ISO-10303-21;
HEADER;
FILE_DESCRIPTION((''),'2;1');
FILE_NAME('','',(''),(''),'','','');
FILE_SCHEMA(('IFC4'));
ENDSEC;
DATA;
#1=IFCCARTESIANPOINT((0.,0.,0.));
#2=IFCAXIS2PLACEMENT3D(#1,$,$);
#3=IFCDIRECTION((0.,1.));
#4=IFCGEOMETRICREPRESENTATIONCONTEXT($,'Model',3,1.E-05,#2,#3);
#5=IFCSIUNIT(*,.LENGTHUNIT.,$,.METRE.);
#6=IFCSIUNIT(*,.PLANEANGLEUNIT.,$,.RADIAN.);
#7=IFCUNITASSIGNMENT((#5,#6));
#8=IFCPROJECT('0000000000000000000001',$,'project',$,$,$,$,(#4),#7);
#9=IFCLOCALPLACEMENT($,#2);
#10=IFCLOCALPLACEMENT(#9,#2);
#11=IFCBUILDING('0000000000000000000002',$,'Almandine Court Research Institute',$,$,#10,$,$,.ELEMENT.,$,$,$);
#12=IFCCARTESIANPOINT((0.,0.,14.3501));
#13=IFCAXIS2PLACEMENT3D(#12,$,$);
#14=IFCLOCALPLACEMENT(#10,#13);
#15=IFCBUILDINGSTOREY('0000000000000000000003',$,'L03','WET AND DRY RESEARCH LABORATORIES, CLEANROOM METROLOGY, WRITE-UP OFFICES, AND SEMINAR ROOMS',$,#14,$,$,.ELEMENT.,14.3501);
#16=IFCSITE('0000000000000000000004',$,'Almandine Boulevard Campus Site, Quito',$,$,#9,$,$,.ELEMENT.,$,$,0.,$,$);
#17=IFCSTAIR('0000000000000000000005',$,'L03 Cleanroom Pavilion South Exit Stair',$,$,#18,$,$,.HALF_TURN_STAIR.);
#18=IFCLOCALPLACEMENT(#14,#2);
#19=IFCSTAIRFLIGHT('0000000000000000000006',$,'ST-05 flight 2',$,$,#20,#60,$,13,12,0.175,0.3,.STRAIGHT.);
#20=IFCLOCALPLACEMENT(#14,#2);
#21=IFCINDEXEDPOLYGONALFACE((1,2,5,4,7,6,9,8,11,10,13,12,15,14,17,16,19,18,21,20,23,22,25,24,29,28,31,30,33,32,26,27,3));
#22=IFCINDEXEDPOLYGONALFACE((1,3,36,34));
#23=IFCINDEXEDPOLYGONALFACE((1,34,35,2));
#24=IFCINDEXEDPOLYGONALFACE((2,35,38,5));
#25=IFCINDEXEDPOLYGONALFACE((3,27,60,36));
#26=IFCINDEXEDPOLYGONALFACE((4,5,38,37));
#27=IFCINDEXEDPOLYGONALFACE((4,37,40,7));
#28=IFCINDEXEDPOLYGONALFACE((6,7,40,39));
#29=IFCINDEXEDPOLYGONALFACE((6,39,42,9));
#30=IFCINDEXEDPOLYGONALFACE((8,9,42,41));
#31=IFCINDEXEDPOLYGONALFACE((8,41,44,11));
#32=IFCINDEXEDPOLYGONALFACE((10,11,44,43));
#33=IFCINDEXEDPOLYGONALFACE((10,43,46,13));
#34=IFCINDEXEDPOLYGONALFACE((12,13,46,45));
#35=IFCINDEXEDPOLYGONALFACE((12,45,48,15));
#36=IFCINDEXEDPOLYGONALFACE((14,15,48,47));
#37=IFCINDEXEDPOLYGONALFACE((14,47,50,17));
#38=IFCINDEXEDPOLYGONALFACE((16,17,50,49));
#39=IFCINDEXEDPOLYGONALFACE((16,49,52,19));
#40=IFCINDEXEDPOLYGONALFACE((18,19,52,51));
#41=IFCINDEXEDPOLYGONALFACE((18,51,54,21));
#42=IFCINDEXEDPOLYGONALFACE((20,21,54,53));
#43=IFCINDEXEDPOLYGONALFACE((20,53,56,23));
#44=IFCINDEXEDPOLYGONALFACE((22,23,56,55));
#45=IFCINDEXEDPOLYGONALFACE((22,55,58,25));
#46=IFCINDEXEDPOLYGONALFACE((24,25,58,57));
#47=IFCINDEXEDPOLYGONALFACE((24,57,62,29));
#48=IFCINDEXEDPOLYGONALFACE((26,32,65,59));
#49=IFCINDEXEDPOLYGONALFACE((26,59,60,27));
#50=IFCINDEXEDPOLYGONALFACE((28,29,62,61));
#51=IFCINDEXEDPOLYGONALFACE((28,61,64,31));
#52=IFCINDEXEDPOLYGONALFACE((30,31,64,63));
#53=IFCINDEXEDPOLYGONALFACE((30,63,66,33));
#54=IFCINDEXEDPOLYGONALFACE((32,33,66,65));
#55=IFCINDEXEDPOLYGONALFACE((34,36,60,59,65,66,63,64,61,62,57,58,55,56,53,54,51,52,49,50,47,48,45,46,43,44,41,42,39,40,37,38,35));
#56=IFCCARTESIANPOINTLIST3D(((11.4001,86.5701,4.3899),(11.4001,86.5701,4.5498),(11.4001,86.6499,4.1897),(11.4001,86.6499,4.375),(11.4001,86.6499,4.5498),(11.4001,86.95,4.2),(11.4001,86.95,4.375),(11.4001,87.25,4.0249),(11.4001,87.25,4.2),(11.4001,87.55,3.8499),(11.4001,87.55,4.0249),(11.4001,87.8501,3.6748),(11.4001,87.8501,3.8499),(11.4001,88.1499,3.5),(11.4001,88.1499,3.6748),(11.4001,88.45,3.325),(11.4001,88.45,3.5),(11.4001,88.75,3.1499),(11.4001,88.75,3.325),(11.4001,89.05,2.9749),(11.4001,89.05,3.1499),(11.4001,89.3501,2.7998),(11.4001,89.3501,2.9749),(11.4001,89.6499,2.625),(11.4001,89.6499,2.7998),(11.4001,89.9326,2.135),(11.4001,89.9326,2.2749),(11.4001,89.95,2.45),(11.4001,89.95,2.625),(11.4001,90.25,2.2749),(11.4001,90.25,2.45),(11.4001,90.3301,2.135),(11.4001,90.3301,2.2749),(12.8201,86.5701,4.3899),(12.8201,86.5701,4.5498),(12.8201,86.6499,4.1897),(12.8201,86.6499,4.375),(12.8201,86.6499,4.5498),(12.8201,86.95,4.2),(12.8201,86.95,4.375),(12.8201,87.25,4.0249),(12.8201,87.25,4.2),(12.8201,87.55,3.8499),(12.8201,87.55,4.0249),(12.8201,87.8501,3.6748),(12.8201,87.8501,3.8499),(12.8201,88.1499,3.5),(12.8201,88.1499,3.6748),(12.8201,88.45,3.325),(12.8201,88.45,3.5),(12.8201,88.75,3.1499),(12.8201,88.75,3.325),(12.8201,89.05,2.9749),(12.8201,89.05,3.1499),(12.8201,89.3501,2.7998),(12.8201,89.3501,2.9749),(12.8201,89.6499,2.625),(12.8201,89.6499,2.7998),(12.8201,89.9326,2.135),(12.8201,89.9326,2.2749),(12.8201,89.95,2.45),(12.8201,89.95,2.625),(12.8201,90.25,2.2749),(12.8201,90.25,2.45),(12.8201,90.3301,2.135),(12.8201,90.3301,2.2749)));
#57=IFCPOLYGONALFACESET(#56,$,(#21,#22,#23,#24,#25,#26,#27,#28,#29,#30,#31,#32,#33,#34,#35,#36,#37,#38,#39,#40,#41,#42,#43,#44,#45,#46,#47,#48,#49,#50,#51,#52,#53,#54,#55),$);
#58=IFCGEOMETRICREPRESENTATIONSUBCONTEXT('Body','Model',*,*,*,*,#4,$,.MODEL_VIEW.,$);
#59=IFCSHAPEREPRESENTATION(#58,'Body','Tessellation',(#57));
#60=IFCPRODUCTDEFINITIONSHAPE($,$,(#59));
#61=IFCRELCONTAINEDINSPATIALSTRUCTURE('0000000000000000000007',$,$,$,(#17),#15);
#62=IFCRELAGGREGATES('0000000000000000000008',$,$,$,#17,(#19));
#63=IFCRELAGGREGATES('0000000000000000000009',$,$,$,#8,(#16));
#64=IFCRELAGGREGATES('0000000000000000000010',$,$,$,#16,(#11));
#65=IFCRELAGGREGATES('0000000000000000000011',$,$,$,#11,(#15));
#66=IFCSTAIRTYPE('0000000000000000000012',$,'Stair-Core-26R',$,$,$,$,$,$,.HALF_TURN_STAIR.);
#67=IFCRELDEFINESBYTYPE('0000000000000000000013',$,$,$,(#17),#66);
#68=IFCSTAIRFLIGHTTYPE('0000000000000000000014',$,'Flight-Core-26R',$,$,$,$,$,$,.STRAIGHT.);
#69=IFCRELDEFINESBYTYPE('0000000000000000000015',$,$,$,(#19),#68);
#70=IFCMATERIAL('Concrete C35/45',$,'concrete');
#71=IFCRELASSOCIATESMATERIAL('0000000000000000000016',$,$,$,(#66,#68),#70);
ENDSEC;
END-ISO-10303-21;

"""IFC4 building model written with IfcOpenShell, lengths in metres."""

from ifc_helpers import new_model, si_unit, direction, frame, origin, place, context, subcontext, project, spatial, polyline, outline, extrude, material, type_object, element, aggregate, save


model = new_model("IFC4")

# Units and contexts
model_context = context("Model", 3, precision=1e-05, world=origin(), true_north=direction((0.0, 1.0)))
body_context = subcontext(model_context, "Body", "Model", "MODEL_VIEW")
ifc_project = project(units=[si_unit("LENGTHUNIT", "METRE"), si_unit("PLANEANGLEUNIT", "RADIAN")], contexts=[model_context])

# Site, building, storey
site_placement = place(None, origin())
site = spatial("IfcSite", under=ifc_project, at=site_placement, Name="Almandine Boulevard Campus Site, Quito", CompositionType="ELEMENT", RefElevation=0.0)
building_placement = place(site_placement, origin())
building = spatial("IfcBuilding", under=site, at=building_placement, Name="Almandine Court Research Institute", CompositionType="ELEMENT")
storey_placement = place(building_placement, frame((0.0, 0.0, 14.3501)))
storey = spatial("IfcBuildingStorey", under=building, at=storey_placement, Name="L03", Description="WET AND DRY RESEARCH LABORATORIES, CLEANROOM METROLOGY, WRITE-UP OFFICES, AND SEMINAR ROOMS", CompositionType="ELEMENT", Elevation=14.3501)

# Stair, stair flight
ifc_material_1 = material(Name="Concrete C35/45", Category="concrete")
stair_type = type_object("IfcStairType", Name="Stair-Core-26R", PredefinedType="HALF_TURN_STAIR", material=ifc_material_1)
stair_placement = place(storey_placement, origin())
stair = element("IfcStair", 1, at=stair_placement, inside=storey, type_object=stair_type, Name="L03 Cleanroom Pavilion South Exit Stair", PredefinedType="HALF_TURN_STAIR")
stair_flight_type = type_object("IfcStairFlightType", Name="Flight-Core-26R", PredefinedType="STRAIGHT", material=ifc_material_1)
stair_flight_placement = place(storey_placement, frame((12.1101, 90.25, 2.2749), z_axis=(0.0, 0.0, 1.0), x_axis=(0.0, -1.0, 0.0)))
stair_flight = element("IfcStairFlight", 2, at=stair_flight_placement, type_object=stair_flight_type, Name="ST-05 flight 2", NumberOfRisers=13, NumberOfTreads=12, PredefinedType="STRAIGHT", RiserHeight=0.175, TreadLength=0.3, context=body_context, shape_type="SweptSolid", body=[
    extrude(outline(polyline([(-0.0801, -0.1399), (-0.0801, 0.0), (0.0, 0.0), (0.0, 0.175), (0.3, 0.175), (0.3, 0.3501), (0.6001, 0.3501), (0.6001, 0.5249), (0.8999, 0.5249), (0.8999, 0.7), (1.2, 0.7), (1.2, 0.875), (1.5, 0.875), (1.5, 1.05), (1.8, 1.05), (1.8, 1.2251), (2.1001, 1.2251), (2.1001, 1.3999), (2.3999, 1.3999), (2.3999, 1.575), (2.7, 1.575), (2.7, 1.75), (3.0, 1.75), (3.0, 1.925), (3.3, 1.925), (3.3, 2.1001), (3.6001, 2.1001), (3.6001, 2.2749), (3.6799, 2.2749), (3.6799, 2.115), (3.6001, 1.9148), (0.3174, 0.0), (0.3174, -0.1399), (-0.0801, -0.1399)])), frame((0.0, 0.71, 0.0), z_axis=(0.0, -1.0, 0.0), x_axis=(1.0, 0.0, 0.0)), (0.0, 0.0, 1.0), 1.4199),
])
aggregate(stair, [stair_flight])

save(model, "model.ifc")
